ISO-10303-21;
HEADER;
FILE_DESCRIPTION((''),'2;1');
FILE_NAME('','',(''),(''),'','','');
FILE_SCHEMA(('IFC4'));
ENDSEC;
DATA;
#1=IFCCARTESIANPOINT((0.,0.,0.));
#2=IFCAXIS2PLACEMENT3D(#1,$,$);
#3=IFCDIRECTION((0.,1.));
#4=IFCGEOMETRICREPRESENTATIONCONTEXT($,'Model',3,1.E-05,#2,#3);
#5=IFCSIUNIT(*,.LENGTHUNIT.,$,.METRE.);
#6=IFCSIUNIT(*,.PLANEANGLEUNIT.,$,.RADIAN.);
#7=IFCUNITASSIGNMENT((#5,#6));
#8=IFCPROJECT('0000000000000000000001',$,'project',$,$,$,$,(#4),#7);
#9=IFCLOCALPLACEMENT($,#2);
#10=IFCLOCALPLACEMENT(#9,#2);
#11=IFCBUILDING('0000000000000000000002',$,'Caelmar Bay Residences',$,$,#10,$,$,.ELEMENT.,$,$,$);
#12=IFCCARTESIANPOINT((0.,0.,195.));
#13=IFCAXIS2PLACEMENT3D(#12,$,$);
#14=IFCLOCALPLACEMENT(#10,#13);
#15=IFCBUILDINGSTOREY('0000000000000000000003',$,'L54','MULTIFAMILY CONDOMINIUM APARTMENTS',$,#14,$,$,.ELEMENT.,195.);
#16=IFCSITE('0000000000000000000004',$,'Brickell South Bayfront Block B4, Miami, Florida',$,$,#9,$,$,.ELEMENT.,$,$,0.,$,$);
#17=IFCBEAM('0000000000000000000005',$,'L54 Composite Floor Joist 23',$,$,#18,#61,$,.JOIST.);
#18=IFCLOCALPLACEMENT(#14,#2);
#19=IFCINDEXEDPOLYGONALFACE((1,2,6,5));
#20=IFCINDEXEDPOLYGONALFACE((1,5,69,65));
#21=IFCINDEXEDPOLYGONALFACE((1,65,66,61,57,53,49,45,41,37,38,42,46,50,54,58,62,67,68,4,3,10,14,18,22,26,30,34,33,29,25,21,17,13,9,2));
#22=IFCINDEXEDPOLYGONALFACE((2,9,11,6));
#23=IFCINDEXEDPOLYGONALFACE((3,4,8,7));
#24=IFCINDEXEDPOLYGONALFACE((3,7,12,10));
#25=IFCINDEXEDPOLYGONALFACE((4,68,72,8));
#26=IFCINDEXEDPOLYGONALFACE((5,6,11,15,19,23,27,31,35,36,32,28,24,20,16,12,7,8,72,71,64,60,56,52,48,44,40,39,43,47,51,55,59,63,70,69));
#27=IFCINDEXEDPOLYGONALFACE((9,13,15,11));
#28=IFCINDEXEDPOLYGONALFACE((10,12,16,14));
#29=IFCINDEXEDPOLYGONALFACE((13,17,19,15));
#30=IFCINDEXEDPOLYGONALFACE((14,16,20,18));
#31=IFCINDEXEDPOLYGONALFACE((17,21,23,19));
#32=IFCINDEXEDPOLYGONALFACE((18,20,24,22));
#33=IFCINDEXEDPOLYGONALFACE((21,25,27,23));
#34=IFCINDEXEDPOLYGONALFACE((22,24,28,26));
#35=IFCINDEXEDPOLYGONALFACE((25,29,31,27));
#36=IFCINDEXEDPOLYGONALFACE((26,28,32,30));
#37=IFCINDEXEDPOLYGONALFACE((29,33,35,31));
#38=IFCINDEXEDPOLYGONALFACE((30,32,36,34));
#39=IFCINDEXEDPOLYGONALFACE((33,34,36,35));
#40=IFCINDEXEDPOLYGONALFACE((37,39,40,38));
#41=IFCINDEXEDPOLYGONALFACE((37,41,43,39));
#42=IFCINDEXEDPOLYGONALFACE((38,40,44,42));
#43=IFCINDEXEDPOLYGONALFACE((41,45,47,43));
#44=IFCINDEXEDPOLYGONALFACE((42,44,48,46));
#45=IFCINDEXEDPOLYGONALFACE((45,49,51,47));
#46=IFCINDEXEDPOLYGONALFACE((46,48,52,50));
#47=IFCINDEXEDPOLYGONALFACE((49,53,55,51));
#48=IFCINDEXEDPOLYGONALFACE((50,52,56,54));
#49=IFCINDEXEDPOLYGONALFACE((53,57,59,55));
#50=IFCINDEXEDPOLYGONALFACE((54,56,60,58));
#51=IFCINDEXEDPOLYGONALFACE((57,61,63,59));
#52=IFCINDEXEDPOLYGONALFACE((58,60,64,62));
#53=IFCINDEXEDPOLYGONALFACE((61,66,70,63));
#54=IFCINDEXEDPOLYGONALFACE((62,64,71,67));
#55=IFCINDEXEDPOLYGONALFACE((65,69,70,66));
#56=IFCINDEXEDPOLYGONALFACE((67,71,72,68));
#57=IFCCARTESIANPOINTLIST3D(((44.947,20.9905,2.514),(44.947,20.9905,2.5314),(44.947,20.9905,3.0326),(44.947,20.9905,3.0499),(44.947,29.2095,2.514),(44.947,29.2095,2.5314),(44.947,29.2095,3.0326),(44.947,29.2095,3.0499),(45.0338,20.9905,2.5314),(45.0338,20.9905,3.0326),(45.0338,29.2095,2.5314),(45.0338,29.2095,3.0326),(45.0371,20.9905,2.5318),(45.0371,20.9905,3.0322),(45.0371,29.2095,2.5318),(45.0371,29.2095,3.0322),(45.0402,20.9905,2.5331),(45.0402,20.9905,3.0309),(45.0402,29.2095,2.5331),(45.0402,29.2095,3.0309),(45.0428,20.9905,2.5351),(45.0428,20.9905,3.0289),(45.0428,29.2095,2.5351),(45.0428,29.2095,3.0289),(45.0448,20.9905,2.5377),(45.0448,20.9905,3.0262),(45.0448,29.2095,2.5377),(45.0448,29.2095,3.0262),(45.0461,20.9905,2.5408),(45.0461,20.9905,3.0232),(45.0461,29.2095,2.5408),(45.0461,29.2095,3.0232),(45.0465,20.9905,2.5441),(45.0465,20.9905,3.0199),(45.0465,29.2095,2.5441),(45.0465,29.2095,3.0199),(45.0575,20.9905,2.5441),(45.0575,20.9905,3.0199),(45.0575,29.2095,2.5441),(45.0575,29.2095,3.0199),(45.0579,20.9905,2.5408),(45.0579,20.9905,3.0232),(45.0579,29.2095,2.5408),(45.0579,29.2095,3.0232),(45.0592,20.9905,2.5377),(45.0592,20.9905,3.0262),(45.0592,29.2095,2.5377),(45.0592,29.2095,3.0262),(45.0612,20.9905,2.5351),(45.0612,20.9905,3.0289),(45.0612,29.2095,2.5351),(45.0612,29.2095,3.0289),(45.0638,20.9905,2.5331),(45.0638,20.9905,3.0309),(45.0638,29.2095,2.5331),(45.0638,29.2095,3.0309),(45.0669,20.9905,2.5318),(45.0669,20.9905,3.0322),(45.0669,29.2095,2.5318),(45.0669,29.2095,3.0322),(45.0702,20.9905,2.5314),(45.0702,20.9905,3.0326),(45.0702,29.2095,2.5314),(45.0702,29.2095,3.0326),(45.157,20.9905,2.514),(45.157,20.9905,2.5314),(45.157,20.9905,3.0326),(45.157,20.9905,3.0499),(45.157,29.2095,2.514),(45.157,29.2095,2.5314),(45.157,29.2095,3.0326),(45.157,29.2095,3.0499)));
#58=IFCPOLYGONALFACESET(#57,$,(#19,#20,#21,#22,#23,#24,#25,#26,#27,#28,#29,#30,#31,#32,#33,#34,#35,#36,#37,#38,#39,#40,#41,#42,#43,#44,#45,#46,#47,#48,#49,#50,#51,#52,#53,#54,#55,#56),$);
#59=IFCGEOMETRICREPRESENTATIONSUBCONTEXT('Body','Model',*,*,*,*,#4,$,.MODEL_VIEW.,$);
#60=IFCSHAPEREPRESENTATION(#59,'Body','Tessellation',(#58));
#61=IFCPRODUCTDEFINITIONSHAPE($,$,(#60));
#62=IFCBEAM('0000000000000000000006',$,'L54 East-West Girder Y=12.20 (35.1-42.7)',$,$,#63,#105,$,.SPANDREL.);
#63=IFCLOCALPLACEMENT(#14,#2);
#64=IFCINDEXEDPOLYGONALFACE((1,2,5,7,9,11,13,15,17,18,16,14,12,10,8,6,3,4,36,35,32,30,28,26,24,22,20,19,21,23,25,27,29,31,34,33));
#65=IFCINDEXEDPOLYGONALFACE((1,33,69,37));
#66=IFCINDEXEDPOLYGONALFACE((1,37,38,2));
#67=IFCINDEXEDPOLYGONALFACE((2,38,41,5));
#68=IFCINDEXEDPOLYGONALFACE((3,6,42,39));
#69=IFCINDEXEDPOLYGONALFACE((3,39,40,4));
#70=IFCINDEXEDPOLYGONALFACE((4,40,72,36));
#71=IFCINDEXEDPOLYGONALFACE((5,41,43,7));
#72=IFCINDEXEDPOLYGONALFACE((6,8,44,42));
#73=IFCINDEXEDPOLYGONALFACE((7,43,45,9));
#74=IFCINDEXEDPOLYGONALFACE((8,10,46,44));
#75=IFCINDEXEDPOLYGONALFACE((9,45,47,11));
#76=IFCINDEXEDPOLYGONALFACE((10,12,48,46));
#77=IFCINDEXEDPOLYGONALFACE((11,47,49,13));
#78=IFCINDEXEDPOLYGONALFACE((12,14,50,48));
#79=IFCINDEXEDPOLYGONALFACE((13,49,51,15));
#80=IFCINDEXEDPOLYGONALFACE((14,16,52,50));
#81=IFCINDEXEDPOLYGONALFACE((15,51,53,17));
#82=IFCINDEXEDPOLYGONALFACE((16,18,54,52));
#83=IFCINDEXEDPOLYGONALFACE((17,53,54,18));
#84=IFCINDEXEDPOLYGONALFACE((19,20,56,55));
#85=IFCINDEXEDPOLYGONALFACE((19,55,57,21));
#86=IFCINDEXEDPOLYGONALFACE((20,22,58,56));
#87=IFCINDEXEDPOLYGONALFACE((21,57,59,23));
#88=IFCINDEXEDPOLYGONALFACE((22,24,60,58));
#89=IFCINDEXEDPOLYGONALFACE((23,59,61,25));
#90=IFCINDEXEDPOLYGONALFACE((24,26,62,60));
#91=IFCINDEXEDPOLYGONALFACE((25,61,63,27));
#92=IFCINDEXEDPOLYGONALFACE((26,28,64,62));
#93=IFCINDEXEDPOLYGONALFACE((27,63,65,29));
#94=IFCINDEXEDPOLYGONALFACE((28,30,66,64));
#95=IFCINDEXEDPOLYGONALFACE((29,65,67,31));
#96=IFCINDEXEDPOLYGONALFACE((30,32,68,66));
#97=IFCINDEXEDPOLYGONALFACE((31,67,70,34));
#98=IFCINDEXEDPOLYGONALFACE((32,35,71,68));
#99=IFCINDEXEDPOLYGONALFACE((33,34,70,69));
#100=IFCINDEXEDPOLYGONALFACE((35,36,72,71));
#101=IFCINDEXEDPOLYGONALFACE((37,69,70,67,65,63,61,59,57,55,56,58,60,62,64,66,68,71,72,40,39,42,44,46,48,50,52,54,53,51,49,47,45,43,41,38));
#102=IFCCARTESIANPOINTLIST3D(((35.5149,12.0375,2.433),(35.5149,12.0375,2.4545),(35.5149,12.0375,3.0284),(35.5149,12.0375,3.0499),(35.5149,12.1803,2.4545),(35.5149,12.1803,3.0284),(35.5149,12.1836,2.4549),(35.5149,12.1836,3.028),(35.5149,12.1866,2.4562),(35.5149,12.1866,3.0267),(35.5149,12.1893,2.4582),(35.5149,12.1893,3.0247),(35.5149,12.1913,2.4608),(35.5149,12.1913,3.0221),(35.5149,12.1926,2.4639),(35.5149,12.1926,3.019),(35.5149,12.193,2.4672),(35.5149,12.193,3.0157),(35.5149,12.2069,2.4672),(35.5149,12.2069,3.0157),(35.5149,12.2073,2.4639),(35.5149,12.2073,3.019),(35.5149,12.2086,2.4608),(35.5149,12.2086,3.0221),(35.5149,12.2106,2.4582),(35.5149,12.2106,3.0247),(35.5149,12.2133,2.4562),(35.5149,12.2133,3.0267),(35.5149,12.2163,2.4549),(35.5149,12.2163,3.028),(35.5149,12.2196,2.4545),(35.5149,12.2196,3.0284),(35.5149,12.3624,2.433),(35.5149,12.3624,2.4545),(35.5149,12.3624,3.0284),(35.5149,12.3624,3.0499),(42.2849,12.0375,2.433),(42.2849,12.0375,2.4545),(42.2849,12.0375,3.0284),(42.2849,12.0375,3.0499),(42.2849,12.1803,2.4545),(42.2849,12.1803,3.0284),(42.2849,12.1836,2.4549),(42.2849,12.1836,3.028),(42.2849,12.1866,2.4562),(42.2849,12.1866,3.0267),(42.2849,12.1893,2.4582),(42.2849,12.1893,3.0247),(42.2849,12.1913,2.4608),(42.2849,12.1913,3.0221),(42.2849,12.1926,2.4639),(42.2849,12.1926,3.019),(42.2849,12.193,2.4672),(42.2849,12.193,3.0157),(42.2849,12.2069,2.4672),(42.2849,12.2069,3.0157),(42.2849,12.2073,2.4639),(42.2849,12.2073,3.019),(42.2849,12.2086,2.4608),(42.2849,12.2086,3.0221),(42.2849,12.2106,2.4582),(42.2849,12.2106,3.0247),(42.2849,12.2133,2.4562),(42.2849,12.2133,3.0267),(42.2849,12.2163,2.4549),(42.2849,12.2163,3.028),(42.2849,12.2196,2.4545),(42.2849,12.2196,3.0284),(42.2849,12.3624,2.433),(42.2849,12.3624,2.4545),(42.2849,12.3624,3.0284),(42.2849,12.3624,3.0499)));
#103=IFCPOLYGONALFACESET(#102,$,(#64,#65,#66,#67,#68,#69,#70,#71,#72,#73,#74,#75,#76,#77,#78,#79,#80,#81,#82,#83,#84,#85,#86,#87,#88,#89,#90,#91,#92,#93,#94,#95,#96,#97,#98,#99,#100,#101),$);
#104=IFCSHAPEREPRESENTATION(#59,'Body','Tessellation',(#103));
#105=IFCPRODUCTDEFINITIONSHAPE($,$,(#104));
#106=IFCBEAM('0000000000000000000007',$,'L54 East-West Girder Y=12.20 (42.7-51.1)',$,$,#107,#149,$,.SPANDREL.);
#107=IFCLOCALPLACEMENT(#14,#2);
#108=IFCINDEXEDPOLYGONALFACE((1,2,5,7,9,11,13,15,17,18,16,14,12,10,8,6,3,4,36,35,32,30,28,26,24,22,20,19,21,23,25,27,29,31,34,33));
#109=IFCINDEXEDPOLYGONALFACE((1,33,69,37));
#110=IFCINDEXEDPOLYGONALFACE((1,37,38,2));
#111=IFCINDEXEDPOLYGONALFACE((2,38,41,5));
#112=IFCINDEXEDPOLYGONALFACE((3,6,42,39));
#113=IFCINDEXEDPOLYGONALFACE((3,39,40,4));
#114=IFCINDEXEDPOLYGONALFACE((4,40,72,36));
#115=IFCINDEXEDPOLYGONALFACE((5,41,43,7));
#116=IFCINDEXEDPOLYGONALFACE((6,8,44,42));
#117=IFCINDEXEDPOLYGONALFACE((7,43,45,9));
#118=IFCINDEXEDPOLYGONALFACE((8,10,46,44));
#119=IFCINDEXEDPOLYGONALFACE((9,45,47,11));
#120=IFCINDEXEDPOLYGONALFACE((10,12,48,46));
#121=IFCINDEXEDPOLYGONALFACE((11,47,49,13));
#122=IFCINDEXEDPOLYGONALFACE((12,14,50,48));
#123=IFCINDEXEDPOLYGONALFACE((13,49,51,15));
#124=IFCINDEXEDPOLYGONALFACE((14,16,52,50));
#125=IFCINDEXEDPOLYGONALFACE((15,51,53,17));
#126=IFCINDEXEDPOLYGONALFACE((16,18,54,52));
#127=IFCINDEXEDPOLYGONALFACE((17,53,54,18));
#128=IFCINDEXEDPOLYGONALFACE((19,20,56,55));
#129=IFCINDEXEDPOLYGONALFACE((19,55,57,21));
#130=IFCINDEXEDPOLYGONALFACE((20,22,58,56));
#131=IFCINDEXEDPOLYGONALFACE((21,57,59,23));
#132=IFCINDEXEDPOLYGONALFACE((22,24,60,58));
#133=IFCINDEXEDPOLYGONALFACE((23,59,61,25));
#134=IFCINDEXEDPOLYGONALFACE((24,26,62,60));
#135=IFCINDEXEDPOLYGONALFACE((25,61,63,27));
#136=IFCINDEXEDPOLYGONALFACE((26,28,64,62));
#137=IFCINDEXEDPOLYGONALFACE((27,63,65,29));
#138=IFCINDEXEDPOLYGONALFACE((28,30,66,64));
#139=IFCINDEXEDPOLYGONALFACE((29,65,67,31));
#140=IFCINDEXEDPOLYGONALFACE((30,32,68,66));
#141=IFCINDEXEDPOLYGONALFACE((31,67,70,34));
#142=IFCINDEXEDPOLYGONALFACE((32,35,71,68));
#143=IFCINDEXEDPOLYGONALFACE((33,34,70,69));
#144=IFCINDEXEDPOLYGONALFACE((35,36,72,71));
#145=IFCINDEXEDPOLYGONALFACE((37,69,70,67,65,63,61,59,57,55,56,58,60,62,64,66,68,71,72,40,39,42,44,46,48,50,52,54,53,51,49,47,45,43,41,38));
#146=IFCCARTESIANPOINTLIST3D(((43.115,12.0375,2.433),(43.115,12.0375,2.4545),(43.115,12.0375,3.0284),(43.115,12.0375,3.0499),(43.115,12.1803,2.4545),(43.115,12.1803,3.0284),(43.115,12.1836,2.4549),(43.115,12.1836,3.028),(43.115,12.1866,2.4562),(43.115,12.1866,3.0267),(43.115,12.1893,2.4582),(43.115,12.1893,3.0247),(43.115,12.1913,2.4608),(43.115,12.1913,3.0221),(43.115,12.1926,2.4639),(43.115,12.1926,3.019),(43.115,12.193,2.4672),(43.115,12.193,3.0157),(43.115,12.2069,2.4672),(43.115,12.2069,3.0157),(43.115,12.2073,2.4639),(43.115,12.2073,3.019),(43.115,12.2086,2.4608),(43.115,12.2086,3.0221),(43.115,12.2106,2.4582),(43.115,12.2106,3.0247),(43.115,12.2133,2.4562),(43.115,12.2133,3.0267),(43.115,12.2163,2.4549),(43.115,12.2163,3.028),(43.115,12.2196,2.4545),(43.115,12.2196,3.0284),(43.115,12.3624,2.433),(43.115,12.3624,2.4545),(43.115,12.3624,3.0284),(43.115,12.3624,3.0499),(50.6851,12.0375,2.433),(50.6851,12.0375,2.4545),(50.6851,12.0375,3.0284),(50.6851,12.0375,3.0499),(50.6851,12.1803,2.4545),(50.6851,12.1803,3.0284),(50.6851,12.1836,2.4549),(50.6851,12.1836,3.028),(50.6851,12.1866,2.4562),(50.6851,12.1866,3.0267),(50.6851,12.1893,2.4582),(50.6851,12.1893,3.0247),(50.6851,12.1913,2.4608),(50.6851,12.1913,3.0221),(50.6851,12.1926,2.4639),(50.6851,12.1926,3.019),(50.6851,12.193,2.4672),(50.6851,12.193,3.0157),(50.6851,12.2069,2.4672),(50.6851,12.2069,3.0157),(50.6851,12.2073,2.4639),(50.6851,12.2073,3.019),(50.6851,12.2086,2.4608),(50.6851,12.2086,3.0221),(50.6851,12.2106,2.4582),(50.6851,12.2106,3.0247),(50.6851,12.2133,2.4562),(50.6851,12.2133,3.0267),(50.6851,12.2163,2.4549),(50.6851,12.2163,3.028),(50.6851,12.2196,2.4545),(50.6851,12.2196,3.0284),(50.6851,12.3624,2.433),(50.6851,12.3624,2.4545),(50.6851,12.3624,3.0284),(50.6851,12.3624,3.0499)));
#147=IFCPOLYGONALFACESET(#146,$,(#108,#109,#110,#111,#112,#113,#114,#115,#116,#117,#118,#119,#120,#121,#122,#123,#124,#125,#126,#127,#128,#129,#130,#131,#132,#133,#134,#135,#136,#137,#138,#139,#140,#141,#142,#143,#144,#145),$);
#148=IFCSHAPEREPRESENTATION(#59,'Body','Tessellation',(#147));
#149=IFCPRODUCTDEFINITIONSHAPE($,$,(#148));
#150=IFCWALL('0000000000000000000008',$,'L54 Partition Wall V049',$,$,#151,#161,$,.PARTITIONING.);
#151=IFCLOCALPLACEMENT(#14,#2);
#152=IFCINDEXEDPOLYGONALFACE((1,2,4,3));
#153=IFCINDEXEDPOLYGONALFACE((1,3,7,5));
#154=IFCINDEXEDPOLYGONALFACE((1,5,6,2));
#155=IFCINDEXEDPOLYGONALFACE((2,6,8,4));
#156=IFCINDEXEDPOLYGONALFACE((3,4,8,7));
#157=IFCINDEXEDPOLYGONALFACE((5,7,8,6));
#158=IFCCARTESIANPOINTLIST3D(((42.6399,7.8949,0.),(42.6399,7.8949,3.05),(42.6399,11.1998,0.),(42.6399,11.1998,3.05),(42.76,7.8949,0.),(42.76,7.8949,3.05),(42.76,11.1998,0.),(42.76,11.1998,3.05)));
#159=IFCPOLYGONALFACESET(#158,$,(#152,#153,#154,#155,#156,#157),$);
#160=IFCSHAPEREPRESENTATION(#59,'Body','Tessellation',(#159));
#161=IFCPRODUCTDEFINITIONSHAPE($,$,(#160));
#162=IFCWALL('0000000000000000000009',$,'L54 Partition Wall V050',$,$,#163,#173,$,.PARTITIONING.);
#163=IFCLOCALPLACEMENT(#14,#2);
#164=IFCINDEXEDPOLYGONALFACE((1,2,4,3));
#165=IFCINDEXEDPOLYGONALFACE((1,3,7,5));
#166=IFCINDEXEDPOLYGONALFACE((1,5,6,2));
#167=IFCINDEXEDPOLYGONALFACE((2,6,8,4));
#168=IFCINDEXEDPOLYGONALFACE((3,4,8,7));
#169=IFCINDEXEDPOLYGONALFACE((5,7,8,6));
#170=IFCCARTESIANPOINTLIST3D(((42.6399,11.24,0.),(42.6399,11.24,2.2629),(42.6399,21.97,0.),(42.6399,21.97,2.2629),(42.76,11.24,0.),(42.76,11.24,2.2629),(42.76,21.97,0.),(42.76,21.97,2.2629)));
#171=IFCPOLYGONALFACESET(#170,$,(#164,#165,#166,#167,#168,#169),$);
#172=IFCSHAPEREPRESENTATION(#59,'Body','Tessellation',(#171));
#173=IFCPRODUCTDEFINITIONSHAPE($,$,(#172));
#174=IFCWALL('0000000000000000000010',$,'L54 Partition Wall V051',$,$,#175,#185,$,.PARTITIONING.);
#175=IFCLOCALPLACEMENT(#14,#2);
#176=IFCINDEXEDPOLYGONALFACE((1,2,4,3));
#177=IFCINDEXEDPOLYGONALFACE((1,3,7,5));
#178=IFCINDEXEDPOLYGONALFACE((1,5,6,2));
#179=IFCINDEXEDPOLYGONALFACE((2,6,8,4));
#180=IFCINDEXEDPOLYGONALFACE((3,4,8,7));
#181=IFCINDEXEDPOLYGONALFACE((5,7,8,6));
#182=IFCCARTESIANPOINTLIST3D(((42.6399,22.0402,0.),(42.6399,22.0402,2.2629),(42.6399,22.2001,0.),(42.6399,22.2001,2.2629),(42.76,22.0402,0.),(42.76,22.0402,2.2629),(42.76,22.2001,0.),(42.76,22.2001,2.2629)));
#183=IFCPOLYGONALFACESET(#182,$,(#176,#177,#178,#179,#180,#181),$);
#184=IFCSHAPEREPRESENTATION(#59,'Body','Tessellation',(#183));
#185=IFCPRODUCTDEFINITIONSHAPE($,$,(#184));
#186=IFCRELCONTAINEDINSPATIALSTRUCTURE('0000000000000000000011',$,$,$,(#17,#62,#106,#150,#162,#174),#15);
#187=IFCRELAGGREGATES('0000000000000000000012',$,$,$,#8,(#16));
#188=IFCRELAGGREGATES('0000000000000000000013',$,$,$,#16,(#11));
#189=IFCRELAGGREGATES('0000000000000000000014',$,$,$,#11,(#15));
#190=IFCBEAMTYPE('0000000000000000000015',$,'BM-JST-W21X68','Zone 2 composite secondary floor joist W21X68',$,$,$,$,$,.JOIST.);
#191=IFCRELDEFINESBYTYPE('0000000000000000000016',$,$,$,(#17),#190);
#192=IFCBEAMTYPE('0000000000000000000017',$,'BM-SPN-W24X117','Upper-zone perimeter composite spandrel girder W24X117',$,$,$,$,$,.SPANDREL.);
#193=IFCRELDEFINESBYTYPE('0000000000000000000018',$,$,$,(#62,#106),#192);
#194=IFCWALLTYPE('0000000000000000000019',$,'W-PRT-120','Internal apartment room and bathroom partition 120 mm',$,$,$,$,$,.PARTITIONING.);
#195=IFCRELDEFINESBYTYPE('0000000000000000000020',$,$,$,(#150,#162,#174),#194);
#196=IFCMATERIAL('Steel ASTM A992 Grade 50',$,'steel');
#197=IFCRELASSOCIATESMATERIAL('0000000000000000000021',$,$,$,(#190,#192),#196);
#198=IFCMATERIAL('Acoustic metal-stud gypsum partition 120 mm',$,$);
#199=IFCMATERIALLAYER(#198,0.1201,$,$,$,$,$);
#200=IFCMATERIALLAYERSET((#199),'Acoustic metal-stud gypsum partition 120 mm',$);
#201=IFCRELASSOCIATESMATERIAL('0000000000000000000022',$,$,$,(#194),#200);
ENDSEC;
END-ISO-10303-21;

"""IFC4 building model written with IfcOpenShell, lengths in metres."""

from ifc_helpers import new_model, si_unit, direction, frame, frame_2d, origin, origin_2d, place, context, subcontext, project, spatial, rectangle, i_section, extrude, material, layer, layer_set, material_profile, profile_set, type_object, element, save


model = new_model("IFC4")

# Units and contexts
model_context = context("Model", 3, precision=1e-05, world=origin(), true_north=direction((0.0, 1.0)))
body_context = subcontext(model_context, "Body", "Model", "MODEL_VIEW")
ifc_project = project(units=[si_unit("LENGTHUNIT", "METRE"), si_unit("PLANEANGLEUNIT", "RADIAN")], contexts=[model_context])

# Site, building, storey
site_placement = place(None, origin())
site = spatial("IfcSite", under=ifc_project, at=site_placement, Name="Brickell South Bayfront Block B4, Miami, Florida", CompositionType="ELEMENT", RefElevation=0.0)
building_placement = place(site_placement, origin())
building = spatial("IfcBuilding", under=site, at=building_placement, Name="Caelmar Bay Residences", CompositionType="ELEMENT")
storey_placement = place(building_placement, frame((0.0, 0.0, 195.0)))
storey = spatial("IfcBuildingStorey", under=building, at=storey_placement, Name="L54", Description="MULTIFAMILY CONDOMINIUM APARTMENTS", CompositionType="ELEMENT", Elevation=195.0)

# Beams
ifc_material_1 = material(Name="Steel ASTM A992 Grade 50", Category="steel")
ifc_material_profile_1 = material_profile(ifc_material_1, i_section(OverallWidth=0.21, OverallDepth=0.5359, WebThickness=0.011, FlangeThickness=0.0173, FilletRadius=0.0127, at=origin_2d()), Name="W21X68")
ifc_profile_set_1 = profile_set([ifc_material_profile_1], Name="Steel ASTM A992 Grade 50")
beam_type_1 = type_object("IfcBeamType", Name="BM-JST-W21X68", Description="Zone 2 composite secondary floor joist W21X68", PredefinedType="JOIST", material=ifc_profile_set_1)
for number, where, z_axis, x_axis, name in (
    (1, (45.052, 20.9905, 2.782), (0.0, 1.0, 0.0), (-1.0, 0.0, 0.0), "L54 Composite Floor Joist 23"),
):
    element("IfcBeam", number, at=place(storey_placement, frame(where, z_axis=z_axis, x_axis=x_axis)), inside=storey, type_object=beam_type_1, Name=name, PredefinedType="JOIST", context=body_context, shape_type="SweptSolid", body=[
        extrude(i_section(OverallWidth=0.21, OverallDepth=0.5359, WebThickness=0.011, FlangeThickness=0.0173, FilletRadius=0.0127, at=origin_2d()), origin(), (0.0, 0.0, 1.0), 8.219),
    ])
ifc_material_profile_2 = material_profile(ifc_material_1, i_section(OverallWidth=0.325, OverallDepth=0.6169, WebThickness=0.0139, FlangeThickness=0.0215, FilletRadius=0.0127, at=origin_2d()), Name="W24X117")
ifc_profile_set_2 = profile_set([ifc_material_profile_2], Name="Steel ASTM A992 Grade 50")
beam_type_2 = type_object("IfcBeamType", Name="BM-SPN-W24X117", Description="Upper-zone perimeter composite spandrel girder W24X117", PredefinedType="SPANDREL", material=ifc_profile_set_2)
beam_1_placement = place(storey_placement, frame((35.5149, 12.2, 2.7415), z_axis=(1.0, 0.0, 0.0), x_axis=(0.0, 1.0, 0.0)))
element("IfcBeam", 2, at=beam_1_placement, inside=storey, type_object=beam_type_2, Name="L54 East-West Girder Y=12.20 (35.1-42.7)", PredefinedType="SPANDREL", context=body_context, shape_type="SweptSolid", body=[
    extrude(i_section(OverallWidth=0.325, OverallDepth=0.6169, WebThickness=0.0139, FlangeThickness=0.0215, FilletRadius=0.0127, at=origin_2d()), origin(), (0.0, 0.0, 1.0), 6.77),
])
beam_2_placement = place(storey_placement, frame((43.115, 12.2, 2.7415), z_axis=(1.0, 0.0, 0.0), x_axis=(0.0, 1.0, 0.0)))
element("IfcBeam", 3, at=beam_2_placement, inside=storey, type_object=beam_type_2, Name="L54 East-West Girder Y=12.20 (42.7-51.1)", PredefinedType="SPANDREL", context=body_context, shape_type="SweptSolid", body=[
    extrude(i_section(OverallWidth=0.325, OverallDepth=0.6169, WebThickness=0.0139, FlangeThickness=0.0215, FilletRadius=0.0127, at=origin_2d()), origin(), (0.0, 0.0, 1.0), 7.5701),
])

# Walls
ifc_material_2 = material(Name="Acoustic metal-stud gypsum partition 120 mm")
ifc_layer_1 = layer(ifc_material_2, 0.1201)
ifc_layer_set_1 = layer_set([ifc_layer_1], Name="Acoustic metal-stud gypsum partition 120 mm")
wall_type_1 = type_object("IfcWallType", Name="W-PRT-120", Description="Internal apartment room and bathroom partition 120 mm", PredefinedType="PARTITIONING", material=ifc_layer_set_1)
wall_1_placement = place(storey_placement, frame((42.7, 7.895, 0.0), z_axis=(0.0, 0.0, 1.0), x_axis=(0.0, 1.0, 0.0)))
element("IfcWall", 4, at=wall_1_placement, inside=storey, type_object=wall_type_1, Name="L54 Partition Wall V049", PredefinedType="PARTITIONING", context=body_context, shape_type="SweptSolid", body=[
    extrude(rectangle(XDim=3.3049, YDim=0.1201, at=frame_2d((1.6523, 0.0))), origin(), (0.0, 0.0, 1.0), 3.05),
])
wall_2_placement = place(storey_placement, frame((42.7, 11.24, 0.0), z_axis=(0.0, 0.0, 1.0), x_axis=(0.0, 1.0, 0.0)))
element("IfcWall", 5, at=wall_2_placement, inside=storey, type_object=wall_type_1, Name="L54 Partition Wall V050", PredefinedType="PARTITIONING", context=body_context, shape_type="SweptSolid", body=[
    extrude(rectangle(XDim=10.73, YDim=0.1201, at=frame_2d((5.365, 0.0))), origin(), (0.0, 0.0, 1.0), 2.2629),
])
wall_3_placement = place(storey_placement, frame((42.7, 22.04, 0.0), z_axis=(0.0, 0.0, 1.0), x_axis=(0.0, 1.0, 0.0)))
element("IfcWall", 6, at=wall_3_placement, inside=storey, type_object=wall_type_1, Name="L54 Partition Wall V051", PredefinedType="PARTITIONING", context=body_context, shape_type="SweptSolid", body=[
    extrude(rectangle(XDim=0.1599, YDim=0.1201, at=frame_2d((0.0801, 0.0))), origin(), (0.0, 0.0, 1.0), 2.2629),
])

save(model, "model.ifc")
